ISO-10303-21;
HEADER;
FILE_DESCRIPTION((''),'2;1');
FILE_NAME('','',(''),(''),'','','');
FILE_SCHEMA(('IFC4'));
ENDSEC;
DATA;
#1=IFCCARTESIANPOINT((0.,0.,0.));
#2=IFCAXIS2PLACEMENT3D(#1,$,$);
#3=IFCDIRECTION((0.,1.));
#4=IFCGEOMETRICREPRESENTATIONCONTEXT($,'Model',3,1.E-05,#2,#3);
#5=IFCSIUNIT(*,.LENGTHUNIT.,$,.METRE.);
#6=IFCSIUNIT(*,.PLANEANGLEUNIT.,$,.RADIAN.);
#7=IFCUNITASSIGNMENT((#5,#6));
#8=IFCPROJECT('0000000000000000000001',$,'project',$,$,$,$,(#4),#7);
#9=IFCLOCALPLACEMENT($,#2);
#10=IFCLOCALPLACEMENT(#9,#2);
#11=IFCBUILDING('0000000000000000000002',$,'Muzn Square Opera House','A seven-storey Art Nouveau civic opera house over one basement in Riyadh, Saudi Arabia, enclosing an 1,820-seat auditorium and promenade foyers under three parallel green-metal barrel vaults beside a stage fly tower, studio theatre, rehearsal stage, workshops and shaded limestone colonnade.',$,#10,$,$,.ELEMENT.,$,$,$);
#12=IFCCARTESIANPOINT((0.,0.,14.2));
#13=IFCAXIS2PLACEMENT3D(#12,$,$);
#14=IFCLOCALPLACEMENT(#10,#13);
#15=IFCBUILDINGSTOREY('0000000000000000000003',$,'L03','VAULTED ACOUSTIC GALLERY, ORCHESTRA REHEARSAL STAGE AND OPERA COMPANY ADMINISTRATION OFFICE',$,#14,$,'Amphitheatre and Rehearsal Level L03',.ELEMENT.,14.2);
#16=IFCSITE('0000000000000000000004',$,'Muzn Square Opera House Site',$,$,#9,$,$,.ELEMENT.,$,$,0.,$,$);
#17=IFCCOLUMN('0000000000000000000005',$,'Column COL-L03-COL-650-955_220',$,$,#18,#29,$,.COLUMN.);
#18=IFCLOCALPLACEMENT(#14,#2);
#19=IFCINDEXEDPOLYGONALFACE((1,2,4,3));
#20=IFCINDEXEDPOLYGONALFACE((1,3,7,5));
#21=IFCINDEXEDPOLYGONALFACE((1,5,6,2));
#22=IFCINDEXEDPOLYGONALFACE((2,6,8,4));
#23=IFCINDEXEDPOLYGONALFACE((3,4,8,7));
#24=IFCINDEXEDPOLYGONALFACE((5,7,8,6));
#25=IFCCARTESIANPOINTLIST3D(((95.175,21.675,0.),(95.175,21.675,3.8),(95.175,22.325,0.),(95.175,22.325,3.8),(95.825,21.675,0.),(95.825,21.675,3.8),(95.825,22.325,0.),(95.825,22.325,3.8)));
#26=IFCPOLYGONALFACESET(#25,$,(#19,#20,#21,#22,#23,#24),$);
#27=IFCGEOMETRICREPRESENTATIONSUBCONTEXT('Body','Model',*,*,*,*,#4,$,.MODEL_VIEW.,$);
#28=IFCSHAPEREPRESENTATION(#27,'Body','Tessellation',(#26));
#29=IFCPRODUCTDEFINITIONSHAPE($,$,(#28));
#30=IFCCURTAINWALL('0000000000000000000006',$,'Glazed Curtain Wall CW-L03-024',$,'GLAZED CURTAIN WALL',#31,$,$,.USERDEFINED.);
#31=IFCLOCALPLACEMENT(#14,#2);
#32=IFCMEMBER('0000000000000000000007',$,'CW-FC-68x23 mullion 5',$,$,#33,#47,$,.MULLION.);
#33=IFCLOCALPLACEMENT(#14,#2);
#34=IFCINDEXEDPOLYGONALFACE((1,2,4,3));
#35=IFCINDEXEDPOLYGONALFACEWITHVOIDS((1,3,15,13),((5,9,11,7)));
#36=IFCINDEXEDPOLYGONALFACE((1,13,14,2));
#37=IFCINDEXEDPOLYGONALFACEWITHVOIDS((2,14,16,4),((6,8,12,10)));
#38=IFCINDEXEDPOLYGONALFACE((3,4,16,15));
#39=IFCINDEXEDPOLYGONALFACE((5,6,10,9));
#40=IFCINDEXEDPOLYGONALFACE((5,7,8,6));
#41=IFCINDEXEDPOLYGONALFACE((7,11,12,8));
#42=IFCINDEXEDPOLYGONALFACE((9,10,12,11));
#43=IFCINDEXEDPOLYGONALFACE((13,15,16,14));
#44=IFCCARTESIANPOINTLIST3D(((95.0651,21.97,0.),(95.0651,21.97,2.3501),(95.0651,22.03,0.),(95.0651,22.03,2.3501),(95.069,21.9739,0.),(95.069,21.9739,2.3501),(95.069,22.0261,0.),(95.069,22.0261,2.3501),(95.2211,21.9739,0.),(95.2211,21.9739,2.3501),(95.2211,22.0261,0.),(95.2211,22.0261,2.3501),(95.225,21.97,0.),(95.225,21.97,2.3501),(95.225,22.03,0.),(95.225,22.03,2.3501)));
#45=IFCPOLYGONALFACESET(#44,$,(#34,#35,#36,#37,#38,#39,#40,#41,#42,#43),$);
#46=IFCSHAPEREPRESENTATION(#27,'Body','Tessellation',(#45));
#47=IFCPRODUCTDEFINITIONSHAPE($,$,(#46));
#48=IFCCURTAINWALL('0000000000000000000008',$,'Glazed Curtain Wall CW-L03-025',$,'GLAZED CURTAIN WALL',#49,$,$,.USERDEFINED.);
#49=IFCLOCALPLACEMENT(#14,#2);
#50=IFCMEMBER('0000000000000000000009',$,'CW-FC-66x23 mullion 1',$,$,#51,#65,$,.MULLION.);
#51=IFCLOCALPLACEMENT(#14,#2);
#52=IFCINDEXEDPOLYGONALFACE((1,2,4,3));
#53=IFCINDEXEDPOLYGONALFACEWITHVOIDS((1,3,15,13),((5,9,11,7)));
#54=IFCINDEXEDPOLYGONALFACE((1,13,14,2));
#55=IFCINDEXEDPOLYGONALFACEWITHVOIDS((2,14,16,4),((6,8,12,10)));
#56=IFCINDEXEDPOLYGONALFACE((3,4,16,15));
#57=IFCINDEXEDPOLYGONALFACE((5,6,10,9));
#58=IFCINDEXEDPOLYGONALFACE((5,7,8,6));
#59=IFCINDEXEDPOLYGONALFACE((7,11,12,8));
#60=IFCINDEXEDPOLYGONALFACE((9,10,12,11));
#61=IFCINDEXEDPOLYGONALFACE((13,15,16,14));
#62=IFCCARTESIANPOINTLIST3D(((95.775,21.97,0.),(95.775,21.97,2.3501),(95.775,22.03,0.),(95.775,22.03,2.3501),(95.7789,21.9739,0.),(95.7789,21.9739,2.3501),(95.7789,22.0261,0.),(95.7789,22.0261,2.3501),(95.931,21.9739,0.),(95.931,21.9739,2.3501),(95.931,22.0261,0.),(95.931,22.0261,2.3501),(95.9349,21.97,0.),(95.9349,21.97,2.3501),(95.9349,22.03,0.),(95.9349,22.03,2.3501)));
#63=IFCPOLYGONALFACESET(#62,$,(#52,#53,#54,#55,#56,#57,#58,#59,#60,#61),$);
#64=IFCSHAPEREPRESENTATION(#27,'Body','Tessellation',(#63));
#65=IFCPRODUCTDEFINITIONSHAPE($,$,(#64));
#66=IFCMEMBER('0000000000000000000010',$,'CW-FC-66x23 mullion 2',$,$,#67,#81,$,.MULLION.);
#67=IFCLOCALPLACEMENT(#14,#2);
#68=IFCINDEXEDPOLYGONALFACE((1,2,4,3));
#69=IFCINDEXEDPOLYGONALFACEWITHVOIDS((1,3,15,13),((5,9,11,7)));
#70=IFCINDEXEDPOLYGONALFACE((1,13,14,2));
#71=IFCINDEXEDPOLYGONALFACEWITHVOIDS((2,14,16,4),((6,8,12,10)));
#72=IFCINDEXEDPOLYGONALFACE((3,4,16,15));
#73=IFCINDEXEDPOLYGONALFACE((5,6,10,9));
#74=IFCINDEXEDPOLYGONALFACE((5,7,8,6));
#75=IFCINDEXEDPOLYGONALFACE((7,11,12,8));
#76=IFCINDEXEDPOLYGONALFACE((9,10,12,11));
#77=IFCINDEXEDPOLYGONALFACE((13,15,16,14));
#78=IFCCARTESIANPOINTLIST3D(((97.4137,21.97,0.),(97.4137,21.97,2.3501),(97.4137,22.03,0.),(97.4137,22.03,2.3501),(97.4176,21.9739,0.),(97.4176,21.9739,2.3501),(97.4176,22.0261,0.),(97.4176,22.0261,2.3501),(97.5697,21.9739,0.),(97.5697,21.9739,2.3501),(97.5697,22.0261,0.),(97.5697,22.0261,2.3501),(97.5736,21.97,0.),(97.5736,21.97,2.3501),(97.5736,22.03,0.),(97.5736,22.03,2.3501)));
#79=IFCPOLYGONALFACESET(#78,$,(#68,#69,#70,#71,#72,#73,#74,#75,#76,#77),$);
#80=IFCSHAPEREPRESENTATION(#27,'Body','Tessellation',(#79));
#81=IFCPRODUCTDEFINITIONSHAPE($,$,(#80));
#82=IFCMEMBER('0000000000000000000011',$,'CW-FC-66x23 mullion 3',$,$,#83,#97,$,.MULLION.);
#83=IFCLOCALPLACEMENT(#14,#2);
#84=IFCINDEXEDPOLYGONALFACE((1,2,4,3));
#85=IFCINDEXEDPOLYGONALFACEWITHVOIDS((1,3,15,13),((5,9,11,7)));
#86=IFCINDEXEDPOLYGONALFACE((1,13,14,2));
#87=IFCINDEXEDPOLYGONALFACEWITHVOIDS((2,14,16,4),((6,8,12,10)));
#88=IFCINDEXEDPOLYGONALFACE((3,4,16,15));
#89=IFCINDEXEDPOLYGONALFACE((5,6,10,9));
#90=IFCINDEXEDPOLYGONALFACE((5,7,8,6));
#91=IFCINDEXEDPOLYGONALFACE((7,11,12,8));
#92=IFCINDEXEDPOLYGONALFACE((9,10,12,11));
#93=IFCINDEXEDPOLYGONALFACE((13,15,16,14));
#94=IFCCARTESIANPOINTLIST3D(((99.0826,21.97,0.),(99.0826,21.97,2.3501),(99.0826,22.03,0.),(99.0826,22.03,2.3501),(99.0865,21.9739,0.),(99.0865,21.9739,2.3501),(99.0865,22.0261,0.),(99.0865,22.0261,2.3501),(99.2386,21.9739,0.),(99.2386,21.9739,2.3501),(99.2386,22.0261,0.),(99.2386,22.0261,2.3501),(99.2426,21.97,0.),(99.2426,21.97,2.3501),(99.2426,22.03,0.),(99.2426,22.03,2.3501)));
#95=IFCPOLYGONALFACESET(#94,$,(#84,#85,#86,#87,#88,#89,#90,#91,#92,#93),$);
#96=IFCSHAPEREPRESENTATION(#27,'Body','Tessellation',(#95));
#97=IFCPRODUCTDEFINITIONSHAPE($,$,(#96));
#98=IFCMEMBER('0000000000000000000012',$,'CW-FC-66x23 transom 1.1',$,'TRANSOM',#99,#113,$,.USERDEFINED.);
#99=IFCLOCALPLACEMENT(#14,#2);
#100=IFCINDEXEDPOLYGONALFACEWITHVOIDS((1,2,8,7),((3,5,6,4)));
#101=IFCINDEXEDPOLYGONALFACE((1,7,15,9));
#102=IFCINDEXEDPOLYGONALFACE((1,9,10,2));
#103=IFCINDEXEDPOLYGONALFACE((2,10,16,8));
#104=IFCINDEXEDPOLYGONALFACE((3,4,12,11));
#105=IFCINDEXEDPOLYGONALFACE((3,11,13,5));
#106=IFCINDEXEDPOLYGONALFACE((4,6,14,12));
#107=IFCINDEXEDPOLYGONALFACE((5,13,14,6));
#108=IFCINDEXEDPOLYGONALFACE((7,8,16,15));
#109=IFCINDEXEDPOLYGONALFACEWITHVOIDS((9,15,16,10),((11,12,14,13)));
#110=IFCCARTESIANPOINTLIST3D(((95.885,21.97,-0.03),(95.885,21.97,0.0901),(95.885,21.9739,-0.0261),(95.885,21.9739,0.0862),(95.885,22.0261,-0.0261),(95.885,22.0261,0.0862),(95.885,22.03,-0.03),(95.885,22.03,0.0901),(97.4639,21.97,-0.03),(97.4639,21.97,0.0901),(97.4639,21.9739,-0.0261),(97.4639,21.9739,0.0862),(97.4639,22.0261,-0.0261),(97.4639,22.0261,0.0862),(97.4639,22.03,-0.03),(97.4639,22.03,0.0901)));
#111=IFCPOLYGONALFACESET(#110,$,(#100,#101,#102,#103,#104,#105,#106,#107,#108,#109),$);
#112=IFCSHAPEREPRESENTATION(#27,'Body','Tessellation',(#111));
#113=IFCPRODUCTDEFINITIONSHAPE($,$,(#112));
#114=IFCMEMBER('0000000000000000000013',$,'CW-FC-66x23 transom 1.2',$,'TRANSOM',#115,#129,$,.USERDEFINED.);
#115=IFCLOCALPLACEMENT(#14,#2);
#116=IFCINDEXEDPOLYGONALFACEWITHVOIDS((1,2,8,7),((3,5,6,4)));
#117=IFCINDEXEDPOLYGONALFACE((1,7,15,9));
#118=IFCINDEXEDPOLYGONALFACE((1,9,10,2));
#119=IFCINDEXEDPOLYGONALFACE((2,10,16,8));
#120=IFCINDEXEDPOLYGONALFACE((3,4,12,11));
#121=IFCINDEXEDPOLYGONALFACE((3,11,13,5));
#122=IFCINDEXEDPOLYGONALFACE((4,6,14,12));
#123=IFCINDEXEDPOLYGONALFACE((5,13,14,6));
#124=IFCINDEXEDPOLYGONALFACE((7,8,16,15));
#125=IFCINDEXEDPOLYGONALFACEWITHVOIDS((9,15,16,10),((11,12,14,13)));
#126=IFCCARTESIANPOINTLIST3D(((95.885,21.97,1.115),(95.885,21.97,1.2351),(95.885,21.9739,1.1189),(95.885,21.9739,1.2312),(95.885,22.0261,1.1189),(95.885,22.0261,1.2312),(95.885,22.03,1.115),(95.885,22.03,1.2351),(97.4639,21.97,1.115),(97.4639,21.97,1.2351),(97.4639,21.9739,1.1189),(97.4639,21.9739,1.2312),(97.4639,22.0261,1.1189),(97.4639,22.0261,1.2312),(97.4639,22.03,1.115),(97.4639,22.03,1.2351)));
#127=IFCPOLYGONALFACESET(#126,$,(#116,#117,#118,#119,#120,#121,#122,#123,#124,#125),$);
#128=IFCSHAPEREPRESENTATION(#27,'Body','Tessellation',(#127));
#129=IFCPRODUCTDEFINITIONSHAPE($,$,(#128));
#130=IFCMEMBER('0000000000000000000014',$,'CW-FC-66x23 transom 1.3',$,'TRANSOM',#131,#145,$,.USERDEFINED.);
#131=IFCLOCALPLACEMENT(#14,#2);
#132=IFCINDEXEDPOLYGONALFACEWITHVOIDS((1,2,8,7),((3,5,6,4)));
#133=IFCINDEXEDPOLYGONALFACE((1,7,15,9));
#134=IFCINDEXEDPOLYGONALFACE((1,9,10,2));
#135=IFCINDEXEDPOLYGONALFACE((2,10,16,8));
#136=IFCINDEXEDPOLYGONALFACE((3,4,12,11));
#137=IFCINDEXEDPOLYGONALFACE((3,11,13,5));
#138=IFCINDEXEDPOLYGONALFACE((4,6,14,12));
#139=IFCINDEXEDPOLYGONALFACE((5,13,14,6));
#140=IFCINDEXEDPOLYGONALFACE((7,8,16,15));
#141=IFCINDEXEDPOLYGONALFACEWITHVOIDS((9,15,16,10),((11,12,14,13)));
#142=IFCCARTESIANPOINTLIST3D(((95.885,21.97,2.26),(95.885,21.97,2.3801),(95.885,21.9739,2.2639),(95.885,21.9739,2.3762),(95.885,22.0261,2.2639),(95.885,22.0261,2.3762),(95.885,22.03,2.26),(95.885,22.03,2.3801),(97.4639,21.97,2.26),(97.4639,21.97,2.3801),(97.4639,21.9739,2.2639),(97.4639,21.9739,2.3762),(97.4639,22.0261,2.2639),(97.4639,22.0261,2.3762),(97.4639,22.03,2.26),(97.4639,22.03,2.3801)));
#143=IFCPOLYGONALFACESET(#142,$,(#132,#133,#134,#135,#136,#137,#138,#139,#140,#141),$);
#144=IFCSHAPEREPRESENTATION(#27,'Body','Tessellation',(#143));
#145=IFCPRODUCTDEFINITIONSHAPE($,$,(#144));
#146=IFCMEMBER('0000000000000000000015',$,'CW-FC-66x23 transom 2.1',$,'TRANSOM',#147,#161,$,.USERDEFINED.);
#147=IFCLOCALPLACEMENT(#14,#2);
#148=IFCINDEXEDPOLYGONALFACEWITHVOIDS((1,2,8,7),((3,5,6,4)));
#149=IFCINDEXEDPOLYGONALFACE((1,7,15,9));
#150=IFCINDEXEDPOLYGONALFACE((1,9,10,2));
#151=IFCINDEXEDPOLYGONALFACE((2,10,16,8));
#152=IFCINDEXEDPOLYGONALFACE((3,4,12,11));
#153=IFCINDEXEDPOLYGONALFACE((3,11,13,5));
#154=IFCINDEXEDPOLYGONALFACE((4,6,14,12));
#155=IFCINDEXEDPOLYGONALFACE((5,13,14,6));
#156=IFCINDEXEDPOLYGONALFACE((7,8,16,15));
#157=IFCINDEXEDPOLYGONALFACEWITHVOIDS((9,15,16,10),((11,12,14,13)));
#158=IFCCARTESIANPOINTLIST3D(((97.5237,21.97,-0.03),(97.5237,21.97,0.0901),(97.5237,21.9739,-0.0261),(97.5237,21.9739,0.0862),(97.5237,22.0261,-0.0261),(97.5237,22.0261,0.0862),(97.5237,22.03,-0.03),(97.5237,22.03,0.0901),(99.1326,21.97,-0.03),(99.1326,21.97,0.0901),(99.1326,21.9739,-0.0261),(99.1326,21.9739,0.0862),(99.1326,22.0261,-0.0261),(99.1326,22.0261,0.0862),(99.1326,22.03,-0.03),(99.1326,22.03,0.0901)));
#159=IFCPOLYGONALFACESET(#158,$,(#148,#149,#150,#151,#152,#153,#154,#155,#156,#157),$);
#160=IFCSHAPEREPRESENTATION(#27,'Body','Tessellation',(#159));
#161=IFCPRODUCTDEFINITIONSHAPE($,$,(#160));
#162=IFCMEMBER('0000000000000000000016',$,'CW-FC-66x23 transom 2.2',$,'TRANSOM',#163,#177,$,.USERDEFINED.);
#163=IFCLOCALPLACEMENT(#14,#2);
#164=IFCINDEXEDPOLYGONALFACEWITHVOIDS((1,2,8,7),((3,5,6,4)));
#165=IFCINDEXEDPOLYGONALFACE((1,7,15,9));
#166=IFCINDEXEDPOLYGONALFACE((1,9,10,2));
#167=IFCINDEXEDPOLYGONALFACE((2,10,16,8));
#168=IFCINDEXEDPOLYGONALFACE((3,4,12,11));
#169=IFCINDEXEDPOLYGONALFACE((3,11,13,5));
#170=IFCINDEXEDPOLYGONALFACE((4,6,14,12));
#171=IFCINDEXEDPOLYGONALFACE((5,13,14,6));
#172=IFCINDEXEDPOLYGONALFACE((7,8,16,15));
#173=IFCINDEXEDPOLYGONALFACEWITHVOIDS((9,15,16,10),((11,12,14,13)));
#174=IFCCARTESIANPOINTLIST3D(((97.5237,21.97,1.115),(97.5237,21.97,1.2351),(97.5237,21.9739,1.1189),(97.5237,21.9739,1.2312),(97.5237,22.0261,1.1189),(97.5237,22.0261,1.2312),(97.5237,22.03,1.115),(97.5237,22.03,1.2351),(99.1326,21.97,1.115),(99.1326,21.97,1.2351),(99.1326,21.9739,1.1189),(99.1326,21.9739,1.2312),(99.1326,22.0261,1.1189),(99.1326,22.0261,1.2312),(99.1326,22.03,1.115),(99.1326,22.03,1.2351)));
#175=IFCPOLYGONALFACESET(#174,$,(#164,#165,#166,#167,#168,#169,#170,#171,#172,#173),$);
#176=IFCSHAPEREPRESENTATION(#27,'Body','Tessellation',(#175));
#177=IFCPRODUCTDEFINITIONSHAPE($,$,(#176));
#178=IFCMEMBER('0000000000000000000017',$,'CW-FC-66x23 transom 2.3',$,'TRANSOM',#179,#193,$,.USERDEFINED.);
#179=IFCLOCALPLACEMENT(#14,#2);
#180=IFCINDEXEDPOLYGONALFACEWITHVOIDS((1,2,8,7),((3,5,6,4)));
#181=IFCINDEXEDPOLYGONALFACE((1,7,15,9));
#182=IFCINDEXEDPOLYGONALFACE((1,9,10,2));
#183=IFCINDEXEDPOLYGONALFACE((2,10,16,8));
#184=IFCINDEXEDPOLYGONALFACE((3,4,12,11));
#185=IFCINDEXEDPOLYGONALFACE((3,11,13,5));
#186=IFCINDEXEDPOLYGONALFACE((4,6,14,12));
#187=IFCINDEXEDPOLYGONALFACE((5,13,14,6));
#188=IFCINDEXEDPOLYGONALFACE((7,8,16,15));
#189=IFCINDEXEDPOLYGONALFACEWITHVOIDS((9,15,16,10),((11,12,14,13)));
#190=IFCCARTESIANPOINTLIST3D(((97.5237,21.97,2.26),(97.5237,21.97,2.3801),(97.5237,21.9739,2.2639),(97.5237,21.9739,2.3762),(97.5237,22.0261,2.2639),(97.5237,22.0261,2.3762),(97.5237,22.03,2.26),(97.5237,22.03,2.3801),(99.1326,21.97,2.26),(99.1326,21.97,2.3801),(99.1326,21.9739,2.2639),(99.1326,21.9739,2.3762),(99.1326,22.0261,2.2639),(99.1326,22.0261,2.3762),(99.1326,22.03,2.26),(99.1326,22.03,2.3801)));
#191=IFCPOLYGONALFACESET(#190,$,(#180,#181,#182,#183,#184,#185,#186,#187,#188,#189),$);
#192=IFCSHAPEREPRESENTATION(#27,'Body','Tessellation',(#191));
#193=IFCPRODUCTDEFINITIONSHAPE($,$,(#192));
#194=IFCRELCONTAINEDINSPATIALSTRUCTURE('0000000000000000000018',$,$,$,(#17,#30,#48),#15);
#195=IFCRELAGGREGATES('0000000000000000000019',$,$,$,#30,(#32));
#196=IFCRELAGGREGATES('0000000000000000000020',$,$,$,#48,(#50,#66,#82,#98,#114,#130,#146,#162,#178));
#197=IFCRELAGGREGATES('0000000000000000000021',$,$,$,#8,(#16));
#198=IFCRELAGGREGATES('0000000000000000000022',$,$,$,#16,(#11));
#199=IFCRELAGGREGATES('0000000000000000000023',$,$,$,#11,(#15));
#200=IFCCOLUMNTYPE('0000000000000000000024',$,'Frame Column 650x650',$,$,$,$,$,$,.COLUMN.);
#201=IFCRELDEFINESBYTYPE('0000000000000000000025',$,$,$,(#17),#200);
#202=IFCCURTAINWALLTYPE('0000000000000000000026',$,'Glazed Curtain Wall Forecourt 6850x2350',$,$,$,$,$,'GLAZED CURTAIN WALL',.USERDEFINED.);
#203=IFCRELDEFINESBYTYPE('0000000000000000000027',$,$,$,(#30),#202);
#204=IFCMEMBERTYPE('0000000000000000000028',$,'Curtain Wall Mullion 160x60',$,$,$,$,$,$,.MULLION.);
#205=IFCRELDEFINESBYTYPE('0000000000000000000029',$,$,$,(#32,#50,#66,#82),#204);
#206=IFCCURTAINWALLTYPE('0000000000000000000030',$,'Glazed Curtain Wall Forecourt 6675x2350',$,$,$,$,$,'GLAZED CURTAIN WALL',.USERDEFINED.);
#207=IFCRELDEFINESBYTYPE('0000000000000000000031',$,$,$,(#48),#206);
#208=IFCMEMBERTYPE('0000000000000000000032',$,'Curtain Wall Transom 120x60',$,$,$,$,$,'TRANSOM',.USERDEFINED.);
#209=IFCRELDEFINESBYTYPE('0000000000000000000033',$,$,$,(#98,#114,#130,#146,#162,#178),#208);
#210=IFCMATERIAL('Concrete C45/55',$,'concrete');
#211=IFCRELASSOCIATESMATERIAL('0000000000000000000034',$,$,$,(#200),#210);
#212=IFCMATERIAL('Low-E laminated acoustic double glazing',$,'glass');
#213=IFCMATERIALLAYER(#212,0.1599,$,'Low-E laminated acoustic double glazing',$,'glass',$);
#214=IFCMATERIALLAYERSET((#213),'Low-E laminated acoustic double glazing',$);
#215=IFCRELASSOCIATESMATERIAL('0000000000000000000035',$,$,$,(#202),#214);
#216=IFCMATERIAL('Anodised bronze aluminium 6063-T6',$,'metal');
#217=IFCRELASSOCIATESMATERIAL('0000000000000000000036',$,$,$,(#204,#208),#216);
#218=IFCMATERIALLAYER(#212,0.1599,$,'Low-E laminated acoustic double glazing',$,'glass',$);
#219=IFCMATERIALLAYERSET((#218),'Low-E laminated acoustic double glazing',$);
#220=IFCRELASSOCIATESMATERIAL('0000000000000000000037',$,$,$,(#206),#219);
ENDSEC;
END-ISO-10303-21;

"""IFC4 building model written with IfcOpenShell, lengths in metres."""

from ifc_helpers import new_model, si_unit, direction, frame, origin, origin_2d, place, context, subcontext, project, spatial, rectangle, hollow_rectangle, extrude, material, layer, layer_set, material_profile, profile_set, type_object, element, aggregate, save


model = new_model("IFC4")

# Units and contexts
model_context = context("Model", 3, precision=1e-05, world=origin(), true_north=direction((0.0, 1.0)))
body_context = subcontext(model_context, "Body", "Model", "MODEL_VIEW")
ifc_project = project(units=[si_unit("LENGTHUNIT", "METRE"), si_unit("PLANEANGLEUNIT", "RADIAN")], contexts=[model_context])

# Site, building, storey
site_placement = place(None, origin())
site = spatial("IfcSite", under=ifc_project, at=site_placement, Name="Muzn Square Opera House Site", CompositionType="ELEMENT", RefElevation=0.0)
building_placement = place(site_placement, origin())
building = spatial("IfcBuilding", under=site, at=building_placement, Name="Muzn Square Opera House", Description="A seven-storey Art Nouveau civic opera house over one basement in Riyadh, Saudi Arabia, enclosing an 1,820-seat auditorium and promenade foyers under three parallel green-metal barrel vaults beside a stage fly tower, studio theatre, rehearsal stage, workshops and shaded limestone colonnade.", CompositionType="ELEMENT")
storey_placement = place(building_placement, frame((0.0, 0.0, 14.2)))
storey = spatial("IfcBuildingStorey", under=building, at=storey_placement, Name="L03", Description="VAULTED ACOUSTIC GALLERY, ORCHESTRA REHEARSAL STAGE AND OPERA COMPANY ADMINISTRATION OFFICE", LongName="Amphitheatre and Rehearsal Level L03", CompositionType="ELEMENT", Elevation=14.2)

# Column
ifc_material_1 = material(Name="Concrete C45/55", Category="concrete")
ifc_material_profile_1 = material_profile(ifc_material_1, rectangle(XDim=0.6499, YDim=0.6499, at=origin_2d()), Name="RC 650x650", Category="concrete")
ifc_profile_set_1 = profile_set([ifc_material_profile_1], Name="Concrete C45/55")
column_type = type_object("IfcColumnType", Name="Frame Column 650x650", PredefinedType="COLUMN", material=ifc_profile_set_1)
column_placement = place(storey_placement, frame((95.5, 22.0, 0.0), z_axis=(0.0, 0.0, 1.0), x_axis=(1.0, 0.0, 0.0)))
element("IfcColumn", 1, at=column_placement, inside=storey, type_object=column_type, Name="Column COL-L03-COL-650-955_220", PredefinedType="COLUMN", context=body_context, shape_type="SweptSolid", body=[
    extrude(rectangle(XDim=0.6499, YDim=0.6499, at=origin_2d()), origin(), (0.0, 0.0, 1.0), 3.8),
])

# Curtain wall, member
ifc_material_2 = material(Name="Low-E laminated acoustic double glazing", Category="glass")
ifc_layer_1 = layer(ifc_material_2, 0.1599, Name="Low-E laminated acoustic double glazing", Category="glass")
ifc_layer_set_1 = layer_set([ifc_layer_1], Name="Low-E laminated acoustic double glazing")
curtain_wall_type_1 = type_object("IfcCurtainWallType", Name="Glazed Curtain Wall Forecourt 6850x2350", ElementType="GLAZED CURTAIN WALL", PredefinedType="USERDEFINED", material=ifc_layer_set_1)
curtain_wall_1_placement = place(storey_placement, origin())
curtain_wall_1 = element("IfcCurtainWall", 2, at=curtain_wall_1_placement, inside=storey, type_object=curtain_wall_type_1, Name="Glazed Curtain Wall CW-L03-024", ObjectType="GLAZED CURTAIN WALL", PredefinedType="USERDEFINED")
ifc_material_3 = material(Name="Anodised bronze aluminium 6063-T6", Category="metal")
ifc_material_profile_2 = material_profile(ifc_material_3, hollow_rectangle(XDim=0.0601, YDim=0.1599, WallThickness=0.0039, at=origin_2d()), Name="ALU 160x60x4", Category="metal")
ifc_profile_set_2 = profile_set([ifc_material_profile_2], Name="Anodised bronze aluminium 6063-T6")
member_type_1 = type_object("IfcMemberType", Name="Curtain Wall Mullion 160x60", PredefinedType="MULLION", material=ifc_profile_set_2)
member_1_placement = place(storey_placement, frame((95.145, 22.0, 0.0), z_axis=(0.0, 0.0, 1.0), x_axis=(0.0, 1.0, 0.0)))
member_1 = element("IfcMember", 3, at=member_1_placement, type_object=member_type_1, Name="CW-FC-68x23 mullion 5", PredefinedType="MULLION", context=body_context, shape_type="SweptSolid", body=[
    extrude(hollow_rectangle(XDim=0.0601, YDim=0.1599, WallThickness=0.0039, at=origin_2d()), origin(), (0.0, 0.0, 1.0), 2.3501),
])

# Curtain wall, members
ifc_layer_2 = layer(ifc_material_2, 0.1599, Name="Low-E laminated acoustic double glazing", Category="glass")
ifc_layer_set_2 = layer_set([ifc_layer_2], Name="Low-E laminated acoustic double glazing")
curtain_wall_type_2 = type_object("IfcCurtainWallType", Name="Glazed Curtain Wall Forecourt 6675x2350", ElementType="GLAZED CURTAIN WALL", PredefinedType="USERDEFINED", material=ifc_layer_set_2)
curtain_wall_2_placement = place(storey_placement, origin())
curtain_wall_2 = element("IfcCurtainWall", 4, at=curtain_wall_2_placement, inside=storey, type_object=curtain_wall_type_2, Name="Glazed Curtain Wall CW-L03-025", ObjectType="GLAZED CURTAIN WALL", PredefinedType="USERDEFINED")
member_2_placement = place(storey_placement, frame((95.855, 22.0, 0.0), z_axis=(0.0, 0.0, 1.0), x_axis=(0.0, 1.0, 0.0)))
member_2 = element("IfcMember", 5, at=member_2_placement, type_object=member_type_1, Name="CW-FC-66x23 mullion 1", PredefinedType="MULLION", context=body_context, shape_type="SweptSolid", body=[
    extrude(hollow_rectangle(XDim=0.0601, YDim=0.1599, WallThickness=0.0039, at=origin_2d()), origin(), (0.0, 0.0, 1.0), 2.3501),
])
member_3_placement = place(storey_placement, frame((97.4937, 22.0, 0.0), z_axis=(0.0, 0.0, 1.0), x_axis=(0.0, 1.0, 0.0)))
member_3 = element("IfcMember", 6, at=member_3_placement, type_object=member_type_1, Name="CW-FC-66x23 mullion 2", PredefinedType="MULLION", context=body_context, shape_type="SweptSolid", body=[
    extrude(hollow_rectangle(XDim=0.0601, YDim=0.1599, WallThickness=0.0039, at=origin_2d()), origin(), (0.0, 0.0, 1.0), 2.3501),
])
member_4_placement = place(storey_placement, frame((99.1626, 22.0, 0.0), z_axis=(0.0, 0.0, 1.0), x_axis=(0.0, 1.0, 0.0)))
member_4 = element("IfcMember", 7, at=member_4_placement, type_object=member_type_1, Name="CW-FC-66x23 mullion 3", PredefinedType="MULLION", context=body_context, shape_type="SweptSolid", body=[
    extrude(hollow_rectangle(XDim=0.0601, YDim=0.1599, WallThickness=0.0039, at=origin_2d()), origin(), (0.0, 0.0, 1.0), 2.3501),
])
ifc_material_profile_3 = material_profile(ifc_material_3, hollow_rectangle(XDim=0.0601, YDim=0.1201, WallThickness=0.0039, at=origin_2d()), Name="ALU 120x60x4", Category="metal")
ifc_profile_set_3 = profile_set([ifc_material_profile_3], Name="Anodised bronze aluminium 6063-T6")
member_type_2 = type_object("IfcMemberType", Name="Curtain Wall Transom 120x60", ElementType="TRANSOM", PredefinedType="USERDEFINED", material=ifc_profile_set_3)
member_5_placement = place(storey_placement, frame((95.885, 22.0, 0.03), z_axis=(1.0, 0.0, 0.0), x_axis=(0.0, 1.0, 0.0)))
member_5 = element("IfcMember", 8, at=member_5_placement, type_object=member_type_2, Name="CW-FC-66x23 transom 1.1", ObjectType="TRANSOM", PredefinedType="USERDEFINED", context=body_context, shape_type="SweptSolid", body=[
    extrude(hollow_rectangle(XDim=0.0601, YDim=0.1201, WallThickness=0.0039, at=origin_2d()), origin(), (0.0, 0.0, 1.0), 1.5789),
])
member_6_placement = place(storey_placement, frame((95.885, 22.0, 1.175), z_axis=(1.0, 0.0, 0.0), x_axis=(0.0, 1.0, 0.0)))
member_6 = element("IfcMember", 9, at=member_6_placement, type_object=member_type_2, Name="CW-FC-66x23 transom 1.2", ObjectType="TRANSOM", PredefinedType="USERDEFINED", context=body_context, shape_type="SweptSolid", body=[
    extrude(hollow_rectangle(XDim=0.0601, YDim=0.1201, WallThickness=0.0039, at=origin_2d()), origin(), (0.0, 0.0, 1.0), 1.5789),
])
member_7_placement = place(storey_placement, frame((95.885, 22.0, 2.3201), z_axis=(1.0, 0.0, 0.0), x_axis=(0.0, 1.0, 0.0)))
member_7 = element("IfcMember", 10, at=member_7_placement, type_object=member_type_2, Name="CW-FC-66x23 transom 1.3", ObjectType="TRANSOM", PredefinedType="USERDEFINED", context=body_context, shape_type="SweptSolid", body=[
    extrude(hollow_rectangle(XDim=0.0601, YDim=0.1201, WallThickness=0.0039, at=origin_2d()), origin(), (0.0, 0.0, 1.0), 1.5789),
])
member_8_placement = place(storey_placement, frame((97.5237, 22.0, 0.03), z_axis=(1.0, 0.0, 0.0), x_axis=(0.0, 1.0, 0.0)))
member_8 = element("IfcMember", 11, at=member_8_placement, type_object=member_type_2, Name="CW-FC-66x23 transom 2.1", ObjectType="TRANSOM", PredefinedType="USERDEFINED", context=body_context, shape_type="SweptSolid", body=[
    extrude(hollow_rectangle(XDim=0.0601, YDim=0.1201, WallThickness=0.0039, at=origin_2d()), origin(), (0.0, 0.0, 1.0), 1.6089),
])
member_9_placement = place(storey_placement, frame((97.5237, 22.0, 1.175), z_axis=(1.0, 0.0, 0.0), x_axis=(0.0, 1.0, 0.0)))
member_9 = element("IfcMember", 12, at=member_9_placement, type_object=member_type_2, Name="CW-FC-66x23 transom 2.2", ObjectType="TRANSOM", PredefinedType="USERDEFINED", context=body_context, shape_type="SweptSolid", body=[
    extrude(hollow_rectangle(XDim=0.0601, YDim=0.1201, WallThickness=0.0039, at=origin_2d()), origin(), (0.0, 0.0, 1.0), 1.6089),
])
member_10_placement = place(storey_placement, frame((97.5237, 22.0, 2.3201), z_axis=(1.0, 0.0, 0.0), x_axis=(0.0, 1.0, 0.0)))
member_10 = element("IfcMember", 13, at=member_10_placement, type_object=member_type_2, Name="CW-FC-66x23 transom 2.3", ObjectType="TRANSOM", PredefinedType="USERDEFINED", context=body_context, shape_type="SweptSolid", body=[
    extrude(hollow_rectangle(XDim=0.0601, YDim=0.1201, WallThickness=0.0039, at=origin_2d()), origin(), (0.0, 0.0, 1.0), 1.6089),
])

aggregate(curtain_wall_1, [member_1])
aggregate(curtain_wall_2, [member_2, member_3, member_4, member_5, member_6, member_7, member_8, member_9, member_10])

save(model, "model.ifc")
